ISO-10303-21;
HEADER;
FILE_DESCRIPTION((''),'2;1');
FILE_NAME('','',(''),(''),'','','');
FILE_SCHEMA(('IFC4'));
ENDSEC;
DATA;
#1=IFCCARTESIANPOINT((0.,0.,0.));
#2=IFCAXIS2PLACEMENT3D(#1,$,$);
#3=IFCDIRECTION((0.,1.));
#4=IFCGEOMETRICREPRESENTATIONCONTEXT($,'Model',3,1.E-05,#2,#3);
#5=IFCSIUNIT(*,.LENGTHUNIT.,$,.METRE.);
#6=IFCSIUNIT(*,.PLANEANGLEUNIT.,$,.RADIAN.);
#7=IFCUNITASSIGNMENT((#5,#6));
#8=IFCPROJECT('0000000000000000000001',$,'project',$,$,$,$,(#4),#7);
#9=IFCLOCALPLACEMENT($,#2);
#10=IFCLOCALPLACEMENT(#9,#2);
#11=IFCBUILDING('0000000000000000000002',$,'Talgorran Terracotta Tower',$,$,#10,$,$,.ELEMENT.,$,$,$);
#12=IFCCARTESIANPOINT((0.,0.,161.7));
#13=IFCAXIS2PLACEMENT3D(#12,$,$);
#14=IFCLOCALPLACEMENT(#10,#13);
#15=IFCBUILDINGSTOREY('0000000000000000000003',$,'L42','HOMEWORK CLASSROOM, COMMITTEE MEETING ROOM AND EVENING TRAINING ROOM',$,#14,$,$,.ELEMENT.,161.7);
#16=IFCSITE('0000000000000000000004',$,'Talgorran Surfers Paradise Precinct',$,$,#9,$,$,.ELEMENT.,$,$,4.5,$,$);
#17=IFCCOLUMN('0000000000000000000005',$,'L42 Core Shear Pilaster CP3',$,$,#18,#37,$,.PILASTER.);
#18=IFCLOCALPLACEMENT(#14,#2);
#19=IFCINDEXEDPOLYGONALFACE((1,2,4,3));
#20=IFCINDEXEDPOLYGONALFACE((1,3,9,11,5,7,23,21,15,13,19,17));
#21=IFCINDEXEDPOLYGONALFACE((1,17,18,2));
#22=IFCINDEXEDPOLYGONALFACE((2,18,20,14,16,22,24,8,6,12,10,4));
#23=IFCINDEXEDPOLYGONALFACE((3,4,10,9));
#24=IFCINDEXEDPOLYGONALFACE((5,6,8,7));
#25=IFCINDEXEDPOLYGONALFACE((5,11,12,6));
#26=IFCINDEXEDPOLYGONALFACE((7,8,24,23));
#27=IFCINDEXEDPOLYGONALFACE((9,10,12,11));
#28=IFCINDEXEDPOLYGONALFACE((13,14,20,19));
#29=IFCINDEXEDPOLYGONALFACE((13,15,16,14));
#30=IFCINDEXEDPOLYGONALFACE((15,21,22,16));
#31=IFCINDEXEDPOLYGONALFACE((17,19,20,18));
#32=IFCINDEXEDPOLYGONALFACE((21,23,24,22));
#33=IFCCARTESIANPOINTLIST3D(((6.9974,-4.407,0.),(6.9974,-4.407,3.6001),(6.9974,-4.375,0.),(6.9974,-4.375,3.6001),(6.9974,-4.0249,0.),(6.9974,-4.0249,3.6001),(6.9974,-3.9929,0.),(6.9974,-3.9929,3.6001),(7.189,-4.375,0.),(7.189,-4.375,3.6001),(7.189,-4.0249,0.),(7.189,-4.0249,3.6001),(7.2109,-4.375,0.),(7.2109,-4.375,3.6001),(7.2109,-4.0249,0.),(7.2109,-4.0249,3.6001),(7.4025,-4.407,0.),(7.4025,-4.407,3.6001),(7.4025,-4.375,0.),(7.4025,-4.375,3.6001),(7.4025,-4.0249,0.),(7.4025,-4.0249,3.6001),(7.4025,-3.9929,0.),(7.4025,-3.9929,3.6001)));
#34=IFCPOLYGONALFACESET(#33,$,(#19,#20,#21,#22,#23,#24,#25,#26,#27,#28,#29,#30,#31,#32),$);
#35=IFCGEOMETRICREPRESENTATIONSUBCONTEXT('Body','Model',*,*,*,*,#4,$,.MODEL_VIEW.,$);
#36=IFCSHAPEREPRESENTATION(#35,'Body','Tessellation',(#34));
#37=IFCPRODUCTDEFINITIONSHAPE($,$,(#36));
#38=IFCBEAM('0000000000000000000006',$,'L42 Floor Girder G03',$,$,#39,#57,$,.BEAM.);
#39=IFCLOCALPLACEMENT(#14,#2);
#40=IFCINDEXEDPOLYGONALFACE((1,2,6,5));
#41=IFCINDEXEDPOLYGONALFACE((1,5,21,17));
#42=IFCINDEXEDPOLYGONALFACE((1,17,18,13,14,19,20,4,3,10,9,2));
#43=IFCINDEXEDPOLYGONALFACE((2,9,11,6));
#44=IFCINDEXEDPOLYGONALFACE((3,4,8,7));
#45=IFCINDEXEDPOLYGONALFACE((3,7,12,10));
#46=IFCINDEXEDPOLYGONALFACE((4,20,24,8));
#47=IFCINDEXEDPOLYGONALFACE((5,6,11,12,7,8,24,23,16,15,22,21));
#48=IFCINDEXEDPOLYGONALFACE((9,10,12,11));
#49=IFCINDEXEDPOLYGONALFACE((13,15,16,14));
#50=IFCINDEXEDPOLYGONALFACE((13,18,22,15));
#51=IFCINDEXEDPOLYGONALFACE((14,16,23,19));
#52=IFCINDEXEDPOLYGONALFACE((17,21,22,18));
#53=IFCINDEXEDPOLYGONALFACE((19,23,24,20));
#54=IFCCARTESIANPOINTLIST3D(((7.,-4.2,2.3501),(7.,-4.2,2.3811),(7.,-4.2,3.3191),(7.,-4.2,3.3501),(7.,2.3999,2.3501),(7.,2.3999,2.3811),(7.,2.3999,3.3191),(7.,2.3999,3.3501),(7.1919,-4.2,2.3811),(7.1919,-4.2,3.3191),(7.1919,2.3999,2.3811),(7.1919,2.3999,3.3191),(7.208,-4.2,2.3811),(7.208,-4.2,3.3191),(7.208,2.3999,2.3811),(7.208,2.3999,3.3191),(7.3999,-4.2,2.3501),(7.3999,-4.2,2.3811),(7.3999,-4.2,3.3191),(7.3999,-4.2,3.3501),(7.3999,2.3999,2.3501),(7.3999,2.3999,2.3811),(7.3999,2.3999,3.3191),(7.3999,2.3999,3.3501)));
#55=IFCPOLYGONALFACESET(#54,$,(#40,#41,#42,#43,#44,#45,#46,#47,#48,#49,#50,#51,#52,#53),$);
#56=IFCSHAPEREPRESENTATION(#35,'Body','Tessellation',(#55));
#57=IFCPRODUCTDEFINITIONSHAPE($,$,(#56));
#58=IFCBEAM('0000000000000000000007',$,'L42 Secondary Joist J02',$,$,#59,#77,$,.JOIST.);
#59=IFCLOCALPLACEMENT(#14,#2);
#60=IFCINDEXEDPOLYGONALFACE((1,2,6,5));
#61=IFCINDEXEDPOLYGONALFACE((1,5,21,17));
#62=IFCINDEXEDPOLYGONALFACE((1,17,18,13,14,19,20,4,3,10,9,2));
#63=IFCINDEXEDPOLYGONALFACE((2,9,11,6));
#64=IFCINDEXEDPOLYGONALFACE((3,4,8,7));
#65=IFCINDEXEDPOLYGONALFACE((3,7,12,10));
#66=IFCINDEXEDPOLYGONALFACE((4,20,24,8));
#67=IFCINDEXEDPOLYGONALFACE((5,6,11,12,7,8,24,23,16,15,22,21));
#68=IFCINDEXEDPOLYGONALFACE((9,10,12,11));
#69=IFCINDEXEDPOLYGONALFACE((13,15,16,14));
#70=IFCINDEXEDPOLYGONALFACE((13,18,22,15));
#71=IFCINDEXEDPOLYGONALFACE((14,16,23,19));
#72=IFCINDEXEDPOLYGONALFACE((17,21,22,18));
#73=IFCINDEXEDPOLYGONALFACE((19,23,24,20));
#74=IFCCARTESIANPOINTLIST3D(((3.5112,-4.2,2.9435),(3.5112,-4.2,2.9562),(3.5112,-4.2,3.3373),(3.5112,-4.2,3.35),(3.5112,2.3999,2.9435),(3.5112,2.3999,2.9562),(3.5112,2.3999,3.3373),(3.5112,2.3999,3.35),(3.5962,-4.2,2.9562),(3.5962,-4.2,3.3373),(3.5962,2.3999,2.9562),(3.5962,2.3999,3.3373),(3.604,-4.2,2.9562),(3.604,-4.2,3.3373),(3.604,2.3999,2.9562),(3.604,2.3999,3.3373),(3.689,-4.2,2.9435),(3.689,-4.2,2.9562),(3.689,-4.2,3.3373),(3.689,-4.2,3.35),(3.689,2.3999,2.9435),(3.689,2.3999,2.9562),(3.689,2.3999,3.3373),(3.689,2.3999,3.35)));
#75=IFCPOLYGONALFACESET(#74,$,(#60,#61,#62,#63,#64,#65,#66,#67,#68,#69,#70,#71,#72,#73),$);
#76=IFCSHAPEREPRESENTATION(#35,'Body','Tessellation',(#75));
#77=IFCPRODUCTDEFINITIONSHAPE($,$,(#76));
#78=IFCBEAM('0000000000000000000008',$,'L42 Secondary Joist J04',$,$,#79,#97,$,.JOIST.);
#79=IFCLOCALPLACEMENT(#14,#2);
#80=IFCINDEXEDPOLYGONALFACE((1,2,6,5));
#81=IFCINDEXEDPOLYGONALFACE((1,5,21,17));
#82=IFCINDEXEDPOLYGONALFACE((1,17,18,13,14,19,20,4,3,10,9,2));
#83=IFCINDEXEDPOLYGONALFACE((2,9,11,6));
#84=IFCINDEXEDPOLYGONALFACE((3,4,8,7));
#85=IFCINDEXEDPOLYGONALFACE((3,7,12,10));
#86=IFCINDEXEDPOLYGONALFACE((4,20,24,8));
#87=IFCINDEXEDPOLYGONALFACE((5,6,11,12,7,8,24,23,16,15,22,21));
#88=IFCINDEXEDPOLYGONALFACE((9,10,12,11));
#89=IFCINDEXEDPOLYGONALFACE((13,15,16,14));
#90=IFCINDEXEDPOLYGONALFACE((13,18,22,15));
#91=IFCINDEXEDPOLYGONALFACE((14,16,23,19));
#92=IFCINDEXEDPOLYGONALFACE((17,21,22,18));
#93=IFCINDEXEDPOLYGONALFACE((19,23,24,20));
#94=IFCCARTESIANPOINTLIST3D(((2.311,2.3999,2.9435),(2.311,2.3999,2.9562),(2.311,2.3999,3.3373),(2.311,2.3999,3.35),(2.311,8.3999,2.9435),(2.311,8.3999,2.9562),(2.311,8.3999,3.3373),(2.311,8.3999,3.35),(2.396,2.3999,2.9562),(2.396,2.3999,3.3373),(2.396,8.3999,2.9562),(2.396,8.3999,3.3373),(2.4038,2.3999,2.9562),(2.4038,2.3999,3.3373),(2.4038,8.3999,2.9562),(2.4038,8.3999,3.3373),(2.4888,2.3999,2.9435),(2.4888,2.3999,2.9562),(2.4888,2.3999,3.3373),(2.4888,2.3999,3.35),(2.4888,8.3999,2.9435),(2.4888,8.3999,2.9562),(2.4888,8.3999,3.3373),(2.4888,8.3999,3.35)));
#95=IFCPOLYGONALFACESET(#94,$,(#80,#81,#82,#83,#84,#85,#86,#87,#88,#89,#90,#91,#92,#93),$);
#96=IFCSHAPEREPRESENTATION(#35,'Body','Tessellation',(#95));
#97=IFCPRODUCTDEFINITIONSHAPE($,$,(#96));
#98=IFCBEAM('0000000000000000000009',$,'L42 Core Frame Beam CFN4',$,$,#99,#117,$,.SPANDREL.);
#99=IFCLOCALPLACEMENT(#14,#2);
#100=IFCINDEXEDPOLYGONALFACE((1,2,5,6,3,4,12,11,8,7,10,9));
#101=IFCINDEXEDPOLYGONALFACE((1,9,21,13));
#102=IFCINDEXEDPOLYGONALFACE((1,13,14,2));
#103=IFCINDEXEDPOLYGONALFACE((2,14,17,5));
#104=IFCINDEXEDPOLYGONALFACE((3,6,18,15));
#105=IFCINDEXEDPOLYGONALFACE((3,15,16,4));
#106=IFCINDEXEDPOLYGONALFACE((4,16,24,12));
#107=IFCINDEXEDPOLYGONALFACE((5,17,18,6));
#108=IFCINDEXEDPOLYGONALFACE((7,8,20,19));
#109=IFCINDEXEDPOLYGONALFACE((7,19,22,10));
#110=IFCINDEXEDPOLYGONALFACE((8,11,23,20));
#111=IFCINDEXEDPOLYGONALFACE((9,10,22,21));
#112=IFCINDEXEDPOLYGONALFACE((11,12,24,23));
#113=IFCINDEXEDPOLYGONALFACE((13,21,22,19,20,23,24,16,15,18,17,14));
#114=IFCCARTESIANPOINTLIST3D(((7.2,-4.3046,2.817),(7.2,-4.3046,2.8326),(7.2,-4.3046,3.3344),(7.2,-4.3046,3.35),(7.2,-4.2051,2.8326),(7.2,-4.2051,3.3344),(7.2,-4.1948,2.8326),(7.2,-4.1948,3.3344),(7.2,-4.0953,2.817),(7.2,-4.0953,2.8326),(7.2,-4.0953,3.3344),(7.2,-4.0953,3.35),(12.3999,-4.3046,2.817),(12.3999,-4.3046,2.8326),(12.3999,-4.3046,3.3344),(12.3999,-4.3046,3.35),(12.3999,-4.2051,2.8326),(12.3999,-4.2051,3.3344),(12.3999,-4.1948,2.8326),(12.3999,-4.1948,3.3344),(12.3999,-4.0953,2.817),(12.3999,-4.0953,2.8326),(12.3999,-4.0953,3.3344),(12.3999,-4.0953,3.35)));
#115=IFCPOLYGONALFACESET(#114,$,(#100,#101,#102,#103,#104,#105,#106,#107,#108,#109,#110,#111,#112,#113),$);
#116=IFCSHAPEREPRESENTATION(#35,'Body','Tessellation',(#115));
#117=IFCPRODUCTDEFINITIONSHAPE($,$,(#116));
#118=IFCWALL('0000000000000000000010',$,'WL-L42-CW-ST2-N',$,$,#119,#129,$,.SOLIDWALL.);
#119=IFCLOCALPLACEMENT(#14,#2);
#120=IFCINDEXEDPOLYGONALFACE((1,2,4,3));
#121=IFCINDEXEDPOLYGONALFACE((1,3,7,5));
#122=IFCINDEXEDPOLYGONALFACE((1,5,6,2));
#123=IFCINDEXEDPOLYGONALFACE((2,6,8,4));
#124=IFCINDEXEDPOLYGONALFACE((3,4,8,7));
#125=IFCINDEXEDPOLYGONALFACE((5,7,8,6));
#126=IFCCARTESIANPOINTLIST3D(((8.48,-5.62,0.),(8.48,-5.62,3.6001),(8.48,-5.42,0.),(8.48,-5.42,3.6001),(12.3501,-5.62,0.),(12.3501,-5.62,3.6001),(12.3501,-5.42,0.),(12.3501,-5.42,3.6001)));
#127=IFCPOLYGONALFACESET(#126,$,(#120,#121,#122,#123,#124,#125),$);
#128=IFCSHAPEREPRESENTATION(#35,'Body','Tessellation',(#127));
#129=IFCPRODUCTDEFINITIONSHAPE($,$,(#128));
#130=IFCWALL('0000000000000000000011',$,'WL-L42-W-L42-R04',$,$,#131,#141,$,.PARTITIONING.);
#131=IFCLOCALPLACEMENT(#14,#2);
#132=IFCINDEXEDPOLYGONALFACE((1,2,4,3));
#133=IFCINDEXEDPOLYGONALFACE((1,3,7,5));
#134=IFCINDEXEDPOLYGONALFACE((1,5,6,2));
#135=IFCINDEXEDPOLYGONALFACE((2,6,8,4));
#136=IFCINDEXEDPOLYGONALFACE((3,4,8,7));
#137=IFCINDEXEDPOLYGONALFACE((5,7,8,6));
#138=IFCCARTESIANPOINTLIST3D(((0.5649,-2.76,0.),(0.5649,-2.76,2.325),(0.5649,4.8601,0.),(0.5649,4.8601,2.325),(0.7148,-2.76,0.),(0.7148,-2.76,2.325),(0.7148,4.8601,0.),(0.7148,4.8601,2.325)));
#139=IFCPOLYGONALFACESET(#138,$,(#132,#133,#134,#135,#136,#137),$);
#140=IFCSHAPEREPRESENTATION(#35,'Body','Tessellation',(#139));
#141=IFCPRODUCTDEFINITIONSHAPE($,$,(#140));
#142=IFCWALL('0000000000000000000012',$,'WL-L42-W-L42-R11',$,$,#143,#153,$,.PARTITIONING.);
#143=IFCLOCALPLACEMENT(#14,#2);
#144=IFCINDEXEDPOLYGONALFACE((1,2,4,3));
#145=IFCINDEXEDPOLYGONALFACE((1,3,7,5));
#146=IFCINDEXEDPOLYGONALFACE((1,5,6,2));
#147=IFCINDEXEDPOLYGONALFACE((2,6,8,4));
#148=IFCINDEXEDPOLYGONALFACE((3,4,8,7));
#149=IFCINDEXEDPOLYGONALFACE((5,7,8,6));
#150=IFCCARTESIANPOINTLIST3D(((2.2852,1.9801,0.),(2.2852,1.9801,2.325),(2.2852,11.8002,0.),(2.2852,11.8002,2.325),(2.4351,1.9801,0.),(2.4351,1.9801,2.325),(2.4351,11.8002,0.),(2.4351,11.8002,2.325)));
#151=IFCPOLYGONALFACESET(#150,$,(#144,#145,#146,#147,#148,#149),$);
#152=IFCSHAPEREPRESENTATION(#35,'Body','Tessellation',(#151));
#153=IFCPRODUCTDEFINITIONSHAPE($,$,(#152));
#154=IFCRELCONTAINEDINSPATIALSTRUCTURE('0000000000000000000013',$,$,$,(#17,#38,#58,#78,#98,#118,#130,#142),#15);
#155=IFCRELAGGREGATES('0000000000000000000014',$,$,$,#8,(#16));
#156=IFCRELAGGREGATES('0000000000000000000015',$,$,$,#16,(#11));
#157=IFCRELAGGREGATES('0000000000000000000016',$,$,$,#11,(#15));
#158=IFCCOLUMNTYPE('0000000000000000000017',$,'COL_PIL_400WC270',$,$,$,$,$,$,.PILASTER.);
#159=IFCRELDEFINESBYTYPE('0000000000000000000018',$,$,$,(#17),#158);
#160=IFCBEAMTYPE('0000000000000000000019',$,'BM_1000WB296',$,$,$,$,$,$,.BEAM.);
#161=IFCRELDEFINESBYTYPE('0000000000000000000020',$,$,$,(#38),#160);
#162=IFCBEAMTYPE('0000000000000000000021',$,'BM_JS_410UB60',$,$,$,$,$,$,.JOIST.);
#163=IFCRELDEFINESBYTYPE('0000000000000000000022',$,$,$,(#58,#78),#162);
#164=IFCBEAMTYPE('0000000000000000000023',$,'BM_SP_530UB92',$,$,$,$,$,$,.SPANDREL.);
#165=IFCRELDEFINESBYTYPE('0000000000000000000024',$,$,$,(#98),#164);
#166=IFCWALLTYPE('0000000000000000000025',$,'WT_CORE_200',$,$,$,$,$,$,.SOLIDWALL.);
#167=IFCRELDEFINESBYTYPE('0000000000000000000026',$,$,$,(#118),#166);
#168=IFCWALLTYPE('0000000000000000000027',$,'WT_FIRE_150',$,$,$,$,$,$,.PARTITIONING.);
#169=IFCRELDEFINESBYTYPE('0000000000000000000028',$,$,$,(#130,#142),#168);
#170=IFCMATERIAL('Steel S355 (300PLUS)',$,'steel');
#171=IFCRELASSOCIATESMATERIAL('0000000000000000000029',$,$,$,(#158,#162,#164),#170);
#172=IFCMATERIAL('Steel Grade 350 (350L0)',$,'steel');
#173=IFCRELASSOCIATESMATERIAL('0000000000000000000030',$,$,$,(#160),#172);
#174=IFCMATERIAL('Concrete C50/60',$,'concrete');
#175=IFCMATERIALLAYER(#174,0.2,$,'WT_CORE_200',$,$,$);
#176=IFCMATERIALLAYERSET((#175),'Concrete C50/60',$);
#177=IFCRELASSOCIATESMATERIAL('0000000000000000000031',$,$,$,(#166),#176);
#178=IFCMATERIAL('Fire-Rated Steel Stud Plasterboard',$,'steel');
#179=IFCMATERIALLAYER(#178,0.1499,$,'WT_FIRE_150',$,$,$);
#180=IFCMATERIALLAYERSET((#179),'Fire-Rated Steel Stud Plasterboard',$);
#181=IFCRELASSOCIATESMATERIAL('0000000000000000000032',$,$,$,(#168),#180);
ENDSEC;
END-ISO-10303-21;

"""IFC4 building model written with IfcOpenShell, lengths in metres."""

from ifc_helpers import new_model, si_unit, direction, frame, frame_2d, origin, origin_2d, place, context, subcontext, project, spatial, rectangle, i_section, extrude, material, layer, layer_set, material_profile, profile_set, type_object, element, save


model = new_model("IFC4")

# Units and contexts
model_context = context("Model", 3, precision=1e-05, world=origin(), true_north=direction((0.0, 1.0)))
body_context = subcontext(model_context, "Body", "Model", "MODEL_VIEW")
ifc_project = project(units=[si_unit("LENGTHUNIT", "METRE"), si_unit("PLANEANGLEUNIT", "RADIAN")], contexts=[model_context])

# Site, building, storey
site_placement = place(None, origin())
site = spatial("IfcSite", under=ifc_project, at=site_placement, Name="Talgorran Surfers Paradise Precinct", CompositionType="ELEMENT", RefElevation=4.5)
building_placement = place(site_placement, origin())
building = spatial("IfcBuilding", under=site, at=building_placement, Name="Talgorran Terracotta Tower", CompositionType="ELEMENT")
storey_placement = place(building_placement, frame((0.0, 0.0, 161.7)))
storey = spatial("IfcBuildingStorey", under=building, at=storey_placement, Name="L42", Description="HOMEWORK CLASSROOM, COMMITTEE MEETING ROOM AND EVENING TRAINING ROOM", CompositionType="ELEMENT", Elevation=161.7)

# Column
ifc_material_1 = material(Name="Steel S355 (300PLUS)", Category="steel")
ifc_material_profile_1 = material_profile(ifc_material_1, i_section(OverallWidth=0.405, OverallDepth=0.4141, WebThickness=0.022, FlangeThickness=0.032, at=origin_2d()), Name="400WC270")
ifc_profile_set_1 = profile_set([ifc_material_profile_1], Name="Steel S355 (300PLUS)")
column_type = type_object("IfcColumnType", Name="COL_PIL_400WC270", PredefinedType="PILASTER", material=ifc_profile_set_1)
column_placement = place(storey_placement, frame((7.2, -4.2, 0.0), z_axis=(0.0, 0.0, 1.0), x_axis=(1.0, 0.0, 0.0)))
element("IfcColumn", 1, at=column_placement, inside=storey, type_object=column_type, Name="L42 Core Shear Pilaster CP3", PredefinedType="PILASTER", context=body_context, shape_type="SweptSolid", body=[
    extrude(i_section(OverallWidth=0.405, OverallDepth=0.4141, WebThickness=0.022, FlangeThickness=0.032, at=origin_2d()), origin(), (0.0, 0.0, 1.0), 3.6001),
])

# Beams
ifc_material_2 = material(Name="Steel Grade 350 (350L0)", Category="steel")
ifc_material_profile_2 = material_profile(ifc_material_2, i_section(OverallWidth=0.3999, OverallDepth=1.0, WebThickness=0.0161, FlangeThickness=0.031, at=origin_2d()), Name="1000WB296")
ifc_profile_set_2 = profile_set([ifc_material_profile_2], Name="Steel Grade 350 (350L0)")
beam_type_1 = type_object("IfcBeamType", Name="BM_1000WB296", PredefinedType="BEAM", material=ifc_profile_set_2)
beam_1_placement = place(storey_placement, frame((7.2, -4.2, 2.8501), z_axis=(0.0, 1.0, 0.0), x_axis=(-1.0, 0.0, 0.0)))
element("IfcBeam", 2, at=beam_1_placement, inside=storey, type_object=beam_type_1, Name="L42 Floor Girder G03", PredefinedType="BEAM", context=body_context, shape_type="SweptSolid", body=[
    extrude(i_section(OverallWidth=0.3999, OverallDepth=1.0, WebThickness=0.0161, FlangeThickness=0.031, at=origin_2d()), origin(), (0.0, 0.0, 1.0), 6.5999),
])
ifc_material_profile_3 = material_profile(ifc_material_1, i_section(OverallWidth=0.1777, OverallDepth=0.4065, WebThickness=0.0078, FlangeThickness=0.0127, at=origin_2d()), Name="410UB59.7")
ifc_profile_set_3 = profile_set([ifc_material_profile_3], Name="Steel S355 (300PLUS)")
beam_type_2 = type_object("IfcBeamType", Name="BM_JS_410UB60", PredefinedType="JOIST", material=ifc_profile_set_3)
beam_2_placement = place(storey_placement, frame((3.6001, -4.2, 3.1467), z_axis=(0.0, 1.0, 0.0), x_axis=(-1.0, 0.0, 0.0)))
element("IfcBeam", 3, at=beam_2_placement, inside=storey, type_object=beam_type_2, Name="L42 Secondary Joist J02", PredefinedType="JOIST", context=body_context, shape_type="SweptSolid", body=[
    extrude(i_section(OverallWidth=0.1777, OverallDepth=0.4065, WebThickness=0.0078, FlangeThickness=0.0127, at=origin_2d()), origin(), (0.0, 0.0, 1.0), 6.5999),
])
beam_3_placement = place(storey_placement, frame((2.3999, 2.3999, 3.1467), z_axis=(0.0, 1.0, 0.0), x_axis=(-1.0, 0.0, 0.0)))
element("IfcBeam", 4, at=beam_3_placement, inside=storey, type_object=beam_type_2, Name="L42 Secondary Joist J04", PredefinedType="JOIST", context=body_context, shape_type="SweptSolid", body=[
    extrude(i_section(OverallWidth=0.1777, OverallDepth=0.4065, WebThickness=0.0078, FlangeThickness=0.0127, at=origin_2d()), origin(), (0.0, 0.0, 1.0), 6.0),
])
ifc_material_profile_4 = material_profile(ifc_material_1, i_section(OverallWidth=0.2092, OverallDepth=0.533, WebThickness=0.0103, FlangeThickness=0.0156, at=origin_2d()), Name="530UB92.4")
ifc_profile_set_4 = profile_set([ifc_material_profile_4], Name="Steel S355 (300PLUS)")
beam_type_3 = type_object("IfcBeamType", Name="BM_SP_530UB92", PredefinedType="SPANDREL", material=ifc_profile_set_4)
beam_4_placement = place(storey_placement, frame((7.2, -4.2, 3.0835), z_axis=(1.0, 0.0, 0.0), x_axis=(0.0, 1.0, 0.0)))
element("IfcBeam", 5, at=beam_4_placement, inside=storey, type_object=beam_type_3, Name="L42 Core Frame Beam CFN4", PredefinedType="SPANDREL", context=body_context, shape_type="SweptSolid", body=[
    extrude(i_section(OverallWidth=0.2092, OverallDepth=0.533, WebThickness=0.0103, FlangeThickness=0.0156, at=origin_2d()), origin(), (0.0, 0.0, 1.0), 5.2),
])

# Walls
ifc_material_3 = material(Name="Concrete C50/60", Category="concrete")
ifc_layer_1 = layer(ifc_material_3, 0.2, Name="WT_CORE_200")
ifc_layer_set_1 = layer_set([ifc_layer_1], Name="Concrete C50/60")
wall_type_1 = type_object("IfcWallType", Name="WT_CORE_200", PredefinedType="SOLIDWALL", material=ifc_layer_set_1)
wall_1_placement = place(storey_placement, frame((8.48, -5.52, 0.0), z_axis=(0.0, 0.0, 1.0), x_axis=(1.0, 0.0, 0.0)))
element("IfcWall", 6, at=wall_1_placement, inside=storey, type_object=wall_type_1, Name="WL-L42-CW-ST2-N", PredefinedType="SOLIDWALL", context=body_context, shape_type="SweptSolid", body=[
    extrude(rectangle(XDim=3.8701, YDim=0.2, at=frame_2d((1.9351, 0.0))), origin(), (0.0, 0.0, 1.0), 3.6001),
])
ifc_material_4 = material(Name="Fire-Rated Steel Stud Plasterboard", Category="steel")
ifc_layer_2 = layer(ifc_material_4, 0.1499, Name="WT_FIRE_150")
ifc_layer_set_2 = layer_set([ifc_layer_2], Name="Fire-Rated Steel Stud Plasterboard")
wall_type_2 = type_object("IfcWallType", Name="WT_FIRE_150", PredefinedType="PARTITIONING", material=ifc_layer_set_2)
wall_2_placement = place(storey_placement, frame((0.6399, -2.76, 0.0), z_axis=(0.0, 0.0, 1.0), x_axis=(0.0, 1.0, 0.0)))
element("IfcWall", 7, at=wall_2_placement, inside=storey, type_object=wall_type_2, Name="WL-L42-W-L42-R04", PredefinedType="PARTITIONING", context=body_context, shape_type="SweptSolid", body=[
    extrude(rectangle(XDim=7.6201, YDim=0.1499, at=frame_2d((3.8101, 0.0))), origin(), (0.0, 0.0, 1.0), 2.325),
])
wall_3_placement = place(storey_placement, frame((2.3601, 1.98, 0.0), z_axis=(0.0, 0.0, 1.0), x_axis=(0.0, 1.0, 0.0)))
element("IfcWall", 8, at=wall_3_placement, inside=storey, type_object=wall_type_2, Name="WL-L42-W-L42-R11", PredefinedType="PARTITIONING", context=body_context, shape_type="SweptSolid", body=[
    extrude(rectangle(XDim=9.8201, YDim=0.1499, at=frame_2d((4.9102, 0.0))), origin(), (0.0, 0.0, 1.0), 2.325),
])

save(model, "model.ifc")
